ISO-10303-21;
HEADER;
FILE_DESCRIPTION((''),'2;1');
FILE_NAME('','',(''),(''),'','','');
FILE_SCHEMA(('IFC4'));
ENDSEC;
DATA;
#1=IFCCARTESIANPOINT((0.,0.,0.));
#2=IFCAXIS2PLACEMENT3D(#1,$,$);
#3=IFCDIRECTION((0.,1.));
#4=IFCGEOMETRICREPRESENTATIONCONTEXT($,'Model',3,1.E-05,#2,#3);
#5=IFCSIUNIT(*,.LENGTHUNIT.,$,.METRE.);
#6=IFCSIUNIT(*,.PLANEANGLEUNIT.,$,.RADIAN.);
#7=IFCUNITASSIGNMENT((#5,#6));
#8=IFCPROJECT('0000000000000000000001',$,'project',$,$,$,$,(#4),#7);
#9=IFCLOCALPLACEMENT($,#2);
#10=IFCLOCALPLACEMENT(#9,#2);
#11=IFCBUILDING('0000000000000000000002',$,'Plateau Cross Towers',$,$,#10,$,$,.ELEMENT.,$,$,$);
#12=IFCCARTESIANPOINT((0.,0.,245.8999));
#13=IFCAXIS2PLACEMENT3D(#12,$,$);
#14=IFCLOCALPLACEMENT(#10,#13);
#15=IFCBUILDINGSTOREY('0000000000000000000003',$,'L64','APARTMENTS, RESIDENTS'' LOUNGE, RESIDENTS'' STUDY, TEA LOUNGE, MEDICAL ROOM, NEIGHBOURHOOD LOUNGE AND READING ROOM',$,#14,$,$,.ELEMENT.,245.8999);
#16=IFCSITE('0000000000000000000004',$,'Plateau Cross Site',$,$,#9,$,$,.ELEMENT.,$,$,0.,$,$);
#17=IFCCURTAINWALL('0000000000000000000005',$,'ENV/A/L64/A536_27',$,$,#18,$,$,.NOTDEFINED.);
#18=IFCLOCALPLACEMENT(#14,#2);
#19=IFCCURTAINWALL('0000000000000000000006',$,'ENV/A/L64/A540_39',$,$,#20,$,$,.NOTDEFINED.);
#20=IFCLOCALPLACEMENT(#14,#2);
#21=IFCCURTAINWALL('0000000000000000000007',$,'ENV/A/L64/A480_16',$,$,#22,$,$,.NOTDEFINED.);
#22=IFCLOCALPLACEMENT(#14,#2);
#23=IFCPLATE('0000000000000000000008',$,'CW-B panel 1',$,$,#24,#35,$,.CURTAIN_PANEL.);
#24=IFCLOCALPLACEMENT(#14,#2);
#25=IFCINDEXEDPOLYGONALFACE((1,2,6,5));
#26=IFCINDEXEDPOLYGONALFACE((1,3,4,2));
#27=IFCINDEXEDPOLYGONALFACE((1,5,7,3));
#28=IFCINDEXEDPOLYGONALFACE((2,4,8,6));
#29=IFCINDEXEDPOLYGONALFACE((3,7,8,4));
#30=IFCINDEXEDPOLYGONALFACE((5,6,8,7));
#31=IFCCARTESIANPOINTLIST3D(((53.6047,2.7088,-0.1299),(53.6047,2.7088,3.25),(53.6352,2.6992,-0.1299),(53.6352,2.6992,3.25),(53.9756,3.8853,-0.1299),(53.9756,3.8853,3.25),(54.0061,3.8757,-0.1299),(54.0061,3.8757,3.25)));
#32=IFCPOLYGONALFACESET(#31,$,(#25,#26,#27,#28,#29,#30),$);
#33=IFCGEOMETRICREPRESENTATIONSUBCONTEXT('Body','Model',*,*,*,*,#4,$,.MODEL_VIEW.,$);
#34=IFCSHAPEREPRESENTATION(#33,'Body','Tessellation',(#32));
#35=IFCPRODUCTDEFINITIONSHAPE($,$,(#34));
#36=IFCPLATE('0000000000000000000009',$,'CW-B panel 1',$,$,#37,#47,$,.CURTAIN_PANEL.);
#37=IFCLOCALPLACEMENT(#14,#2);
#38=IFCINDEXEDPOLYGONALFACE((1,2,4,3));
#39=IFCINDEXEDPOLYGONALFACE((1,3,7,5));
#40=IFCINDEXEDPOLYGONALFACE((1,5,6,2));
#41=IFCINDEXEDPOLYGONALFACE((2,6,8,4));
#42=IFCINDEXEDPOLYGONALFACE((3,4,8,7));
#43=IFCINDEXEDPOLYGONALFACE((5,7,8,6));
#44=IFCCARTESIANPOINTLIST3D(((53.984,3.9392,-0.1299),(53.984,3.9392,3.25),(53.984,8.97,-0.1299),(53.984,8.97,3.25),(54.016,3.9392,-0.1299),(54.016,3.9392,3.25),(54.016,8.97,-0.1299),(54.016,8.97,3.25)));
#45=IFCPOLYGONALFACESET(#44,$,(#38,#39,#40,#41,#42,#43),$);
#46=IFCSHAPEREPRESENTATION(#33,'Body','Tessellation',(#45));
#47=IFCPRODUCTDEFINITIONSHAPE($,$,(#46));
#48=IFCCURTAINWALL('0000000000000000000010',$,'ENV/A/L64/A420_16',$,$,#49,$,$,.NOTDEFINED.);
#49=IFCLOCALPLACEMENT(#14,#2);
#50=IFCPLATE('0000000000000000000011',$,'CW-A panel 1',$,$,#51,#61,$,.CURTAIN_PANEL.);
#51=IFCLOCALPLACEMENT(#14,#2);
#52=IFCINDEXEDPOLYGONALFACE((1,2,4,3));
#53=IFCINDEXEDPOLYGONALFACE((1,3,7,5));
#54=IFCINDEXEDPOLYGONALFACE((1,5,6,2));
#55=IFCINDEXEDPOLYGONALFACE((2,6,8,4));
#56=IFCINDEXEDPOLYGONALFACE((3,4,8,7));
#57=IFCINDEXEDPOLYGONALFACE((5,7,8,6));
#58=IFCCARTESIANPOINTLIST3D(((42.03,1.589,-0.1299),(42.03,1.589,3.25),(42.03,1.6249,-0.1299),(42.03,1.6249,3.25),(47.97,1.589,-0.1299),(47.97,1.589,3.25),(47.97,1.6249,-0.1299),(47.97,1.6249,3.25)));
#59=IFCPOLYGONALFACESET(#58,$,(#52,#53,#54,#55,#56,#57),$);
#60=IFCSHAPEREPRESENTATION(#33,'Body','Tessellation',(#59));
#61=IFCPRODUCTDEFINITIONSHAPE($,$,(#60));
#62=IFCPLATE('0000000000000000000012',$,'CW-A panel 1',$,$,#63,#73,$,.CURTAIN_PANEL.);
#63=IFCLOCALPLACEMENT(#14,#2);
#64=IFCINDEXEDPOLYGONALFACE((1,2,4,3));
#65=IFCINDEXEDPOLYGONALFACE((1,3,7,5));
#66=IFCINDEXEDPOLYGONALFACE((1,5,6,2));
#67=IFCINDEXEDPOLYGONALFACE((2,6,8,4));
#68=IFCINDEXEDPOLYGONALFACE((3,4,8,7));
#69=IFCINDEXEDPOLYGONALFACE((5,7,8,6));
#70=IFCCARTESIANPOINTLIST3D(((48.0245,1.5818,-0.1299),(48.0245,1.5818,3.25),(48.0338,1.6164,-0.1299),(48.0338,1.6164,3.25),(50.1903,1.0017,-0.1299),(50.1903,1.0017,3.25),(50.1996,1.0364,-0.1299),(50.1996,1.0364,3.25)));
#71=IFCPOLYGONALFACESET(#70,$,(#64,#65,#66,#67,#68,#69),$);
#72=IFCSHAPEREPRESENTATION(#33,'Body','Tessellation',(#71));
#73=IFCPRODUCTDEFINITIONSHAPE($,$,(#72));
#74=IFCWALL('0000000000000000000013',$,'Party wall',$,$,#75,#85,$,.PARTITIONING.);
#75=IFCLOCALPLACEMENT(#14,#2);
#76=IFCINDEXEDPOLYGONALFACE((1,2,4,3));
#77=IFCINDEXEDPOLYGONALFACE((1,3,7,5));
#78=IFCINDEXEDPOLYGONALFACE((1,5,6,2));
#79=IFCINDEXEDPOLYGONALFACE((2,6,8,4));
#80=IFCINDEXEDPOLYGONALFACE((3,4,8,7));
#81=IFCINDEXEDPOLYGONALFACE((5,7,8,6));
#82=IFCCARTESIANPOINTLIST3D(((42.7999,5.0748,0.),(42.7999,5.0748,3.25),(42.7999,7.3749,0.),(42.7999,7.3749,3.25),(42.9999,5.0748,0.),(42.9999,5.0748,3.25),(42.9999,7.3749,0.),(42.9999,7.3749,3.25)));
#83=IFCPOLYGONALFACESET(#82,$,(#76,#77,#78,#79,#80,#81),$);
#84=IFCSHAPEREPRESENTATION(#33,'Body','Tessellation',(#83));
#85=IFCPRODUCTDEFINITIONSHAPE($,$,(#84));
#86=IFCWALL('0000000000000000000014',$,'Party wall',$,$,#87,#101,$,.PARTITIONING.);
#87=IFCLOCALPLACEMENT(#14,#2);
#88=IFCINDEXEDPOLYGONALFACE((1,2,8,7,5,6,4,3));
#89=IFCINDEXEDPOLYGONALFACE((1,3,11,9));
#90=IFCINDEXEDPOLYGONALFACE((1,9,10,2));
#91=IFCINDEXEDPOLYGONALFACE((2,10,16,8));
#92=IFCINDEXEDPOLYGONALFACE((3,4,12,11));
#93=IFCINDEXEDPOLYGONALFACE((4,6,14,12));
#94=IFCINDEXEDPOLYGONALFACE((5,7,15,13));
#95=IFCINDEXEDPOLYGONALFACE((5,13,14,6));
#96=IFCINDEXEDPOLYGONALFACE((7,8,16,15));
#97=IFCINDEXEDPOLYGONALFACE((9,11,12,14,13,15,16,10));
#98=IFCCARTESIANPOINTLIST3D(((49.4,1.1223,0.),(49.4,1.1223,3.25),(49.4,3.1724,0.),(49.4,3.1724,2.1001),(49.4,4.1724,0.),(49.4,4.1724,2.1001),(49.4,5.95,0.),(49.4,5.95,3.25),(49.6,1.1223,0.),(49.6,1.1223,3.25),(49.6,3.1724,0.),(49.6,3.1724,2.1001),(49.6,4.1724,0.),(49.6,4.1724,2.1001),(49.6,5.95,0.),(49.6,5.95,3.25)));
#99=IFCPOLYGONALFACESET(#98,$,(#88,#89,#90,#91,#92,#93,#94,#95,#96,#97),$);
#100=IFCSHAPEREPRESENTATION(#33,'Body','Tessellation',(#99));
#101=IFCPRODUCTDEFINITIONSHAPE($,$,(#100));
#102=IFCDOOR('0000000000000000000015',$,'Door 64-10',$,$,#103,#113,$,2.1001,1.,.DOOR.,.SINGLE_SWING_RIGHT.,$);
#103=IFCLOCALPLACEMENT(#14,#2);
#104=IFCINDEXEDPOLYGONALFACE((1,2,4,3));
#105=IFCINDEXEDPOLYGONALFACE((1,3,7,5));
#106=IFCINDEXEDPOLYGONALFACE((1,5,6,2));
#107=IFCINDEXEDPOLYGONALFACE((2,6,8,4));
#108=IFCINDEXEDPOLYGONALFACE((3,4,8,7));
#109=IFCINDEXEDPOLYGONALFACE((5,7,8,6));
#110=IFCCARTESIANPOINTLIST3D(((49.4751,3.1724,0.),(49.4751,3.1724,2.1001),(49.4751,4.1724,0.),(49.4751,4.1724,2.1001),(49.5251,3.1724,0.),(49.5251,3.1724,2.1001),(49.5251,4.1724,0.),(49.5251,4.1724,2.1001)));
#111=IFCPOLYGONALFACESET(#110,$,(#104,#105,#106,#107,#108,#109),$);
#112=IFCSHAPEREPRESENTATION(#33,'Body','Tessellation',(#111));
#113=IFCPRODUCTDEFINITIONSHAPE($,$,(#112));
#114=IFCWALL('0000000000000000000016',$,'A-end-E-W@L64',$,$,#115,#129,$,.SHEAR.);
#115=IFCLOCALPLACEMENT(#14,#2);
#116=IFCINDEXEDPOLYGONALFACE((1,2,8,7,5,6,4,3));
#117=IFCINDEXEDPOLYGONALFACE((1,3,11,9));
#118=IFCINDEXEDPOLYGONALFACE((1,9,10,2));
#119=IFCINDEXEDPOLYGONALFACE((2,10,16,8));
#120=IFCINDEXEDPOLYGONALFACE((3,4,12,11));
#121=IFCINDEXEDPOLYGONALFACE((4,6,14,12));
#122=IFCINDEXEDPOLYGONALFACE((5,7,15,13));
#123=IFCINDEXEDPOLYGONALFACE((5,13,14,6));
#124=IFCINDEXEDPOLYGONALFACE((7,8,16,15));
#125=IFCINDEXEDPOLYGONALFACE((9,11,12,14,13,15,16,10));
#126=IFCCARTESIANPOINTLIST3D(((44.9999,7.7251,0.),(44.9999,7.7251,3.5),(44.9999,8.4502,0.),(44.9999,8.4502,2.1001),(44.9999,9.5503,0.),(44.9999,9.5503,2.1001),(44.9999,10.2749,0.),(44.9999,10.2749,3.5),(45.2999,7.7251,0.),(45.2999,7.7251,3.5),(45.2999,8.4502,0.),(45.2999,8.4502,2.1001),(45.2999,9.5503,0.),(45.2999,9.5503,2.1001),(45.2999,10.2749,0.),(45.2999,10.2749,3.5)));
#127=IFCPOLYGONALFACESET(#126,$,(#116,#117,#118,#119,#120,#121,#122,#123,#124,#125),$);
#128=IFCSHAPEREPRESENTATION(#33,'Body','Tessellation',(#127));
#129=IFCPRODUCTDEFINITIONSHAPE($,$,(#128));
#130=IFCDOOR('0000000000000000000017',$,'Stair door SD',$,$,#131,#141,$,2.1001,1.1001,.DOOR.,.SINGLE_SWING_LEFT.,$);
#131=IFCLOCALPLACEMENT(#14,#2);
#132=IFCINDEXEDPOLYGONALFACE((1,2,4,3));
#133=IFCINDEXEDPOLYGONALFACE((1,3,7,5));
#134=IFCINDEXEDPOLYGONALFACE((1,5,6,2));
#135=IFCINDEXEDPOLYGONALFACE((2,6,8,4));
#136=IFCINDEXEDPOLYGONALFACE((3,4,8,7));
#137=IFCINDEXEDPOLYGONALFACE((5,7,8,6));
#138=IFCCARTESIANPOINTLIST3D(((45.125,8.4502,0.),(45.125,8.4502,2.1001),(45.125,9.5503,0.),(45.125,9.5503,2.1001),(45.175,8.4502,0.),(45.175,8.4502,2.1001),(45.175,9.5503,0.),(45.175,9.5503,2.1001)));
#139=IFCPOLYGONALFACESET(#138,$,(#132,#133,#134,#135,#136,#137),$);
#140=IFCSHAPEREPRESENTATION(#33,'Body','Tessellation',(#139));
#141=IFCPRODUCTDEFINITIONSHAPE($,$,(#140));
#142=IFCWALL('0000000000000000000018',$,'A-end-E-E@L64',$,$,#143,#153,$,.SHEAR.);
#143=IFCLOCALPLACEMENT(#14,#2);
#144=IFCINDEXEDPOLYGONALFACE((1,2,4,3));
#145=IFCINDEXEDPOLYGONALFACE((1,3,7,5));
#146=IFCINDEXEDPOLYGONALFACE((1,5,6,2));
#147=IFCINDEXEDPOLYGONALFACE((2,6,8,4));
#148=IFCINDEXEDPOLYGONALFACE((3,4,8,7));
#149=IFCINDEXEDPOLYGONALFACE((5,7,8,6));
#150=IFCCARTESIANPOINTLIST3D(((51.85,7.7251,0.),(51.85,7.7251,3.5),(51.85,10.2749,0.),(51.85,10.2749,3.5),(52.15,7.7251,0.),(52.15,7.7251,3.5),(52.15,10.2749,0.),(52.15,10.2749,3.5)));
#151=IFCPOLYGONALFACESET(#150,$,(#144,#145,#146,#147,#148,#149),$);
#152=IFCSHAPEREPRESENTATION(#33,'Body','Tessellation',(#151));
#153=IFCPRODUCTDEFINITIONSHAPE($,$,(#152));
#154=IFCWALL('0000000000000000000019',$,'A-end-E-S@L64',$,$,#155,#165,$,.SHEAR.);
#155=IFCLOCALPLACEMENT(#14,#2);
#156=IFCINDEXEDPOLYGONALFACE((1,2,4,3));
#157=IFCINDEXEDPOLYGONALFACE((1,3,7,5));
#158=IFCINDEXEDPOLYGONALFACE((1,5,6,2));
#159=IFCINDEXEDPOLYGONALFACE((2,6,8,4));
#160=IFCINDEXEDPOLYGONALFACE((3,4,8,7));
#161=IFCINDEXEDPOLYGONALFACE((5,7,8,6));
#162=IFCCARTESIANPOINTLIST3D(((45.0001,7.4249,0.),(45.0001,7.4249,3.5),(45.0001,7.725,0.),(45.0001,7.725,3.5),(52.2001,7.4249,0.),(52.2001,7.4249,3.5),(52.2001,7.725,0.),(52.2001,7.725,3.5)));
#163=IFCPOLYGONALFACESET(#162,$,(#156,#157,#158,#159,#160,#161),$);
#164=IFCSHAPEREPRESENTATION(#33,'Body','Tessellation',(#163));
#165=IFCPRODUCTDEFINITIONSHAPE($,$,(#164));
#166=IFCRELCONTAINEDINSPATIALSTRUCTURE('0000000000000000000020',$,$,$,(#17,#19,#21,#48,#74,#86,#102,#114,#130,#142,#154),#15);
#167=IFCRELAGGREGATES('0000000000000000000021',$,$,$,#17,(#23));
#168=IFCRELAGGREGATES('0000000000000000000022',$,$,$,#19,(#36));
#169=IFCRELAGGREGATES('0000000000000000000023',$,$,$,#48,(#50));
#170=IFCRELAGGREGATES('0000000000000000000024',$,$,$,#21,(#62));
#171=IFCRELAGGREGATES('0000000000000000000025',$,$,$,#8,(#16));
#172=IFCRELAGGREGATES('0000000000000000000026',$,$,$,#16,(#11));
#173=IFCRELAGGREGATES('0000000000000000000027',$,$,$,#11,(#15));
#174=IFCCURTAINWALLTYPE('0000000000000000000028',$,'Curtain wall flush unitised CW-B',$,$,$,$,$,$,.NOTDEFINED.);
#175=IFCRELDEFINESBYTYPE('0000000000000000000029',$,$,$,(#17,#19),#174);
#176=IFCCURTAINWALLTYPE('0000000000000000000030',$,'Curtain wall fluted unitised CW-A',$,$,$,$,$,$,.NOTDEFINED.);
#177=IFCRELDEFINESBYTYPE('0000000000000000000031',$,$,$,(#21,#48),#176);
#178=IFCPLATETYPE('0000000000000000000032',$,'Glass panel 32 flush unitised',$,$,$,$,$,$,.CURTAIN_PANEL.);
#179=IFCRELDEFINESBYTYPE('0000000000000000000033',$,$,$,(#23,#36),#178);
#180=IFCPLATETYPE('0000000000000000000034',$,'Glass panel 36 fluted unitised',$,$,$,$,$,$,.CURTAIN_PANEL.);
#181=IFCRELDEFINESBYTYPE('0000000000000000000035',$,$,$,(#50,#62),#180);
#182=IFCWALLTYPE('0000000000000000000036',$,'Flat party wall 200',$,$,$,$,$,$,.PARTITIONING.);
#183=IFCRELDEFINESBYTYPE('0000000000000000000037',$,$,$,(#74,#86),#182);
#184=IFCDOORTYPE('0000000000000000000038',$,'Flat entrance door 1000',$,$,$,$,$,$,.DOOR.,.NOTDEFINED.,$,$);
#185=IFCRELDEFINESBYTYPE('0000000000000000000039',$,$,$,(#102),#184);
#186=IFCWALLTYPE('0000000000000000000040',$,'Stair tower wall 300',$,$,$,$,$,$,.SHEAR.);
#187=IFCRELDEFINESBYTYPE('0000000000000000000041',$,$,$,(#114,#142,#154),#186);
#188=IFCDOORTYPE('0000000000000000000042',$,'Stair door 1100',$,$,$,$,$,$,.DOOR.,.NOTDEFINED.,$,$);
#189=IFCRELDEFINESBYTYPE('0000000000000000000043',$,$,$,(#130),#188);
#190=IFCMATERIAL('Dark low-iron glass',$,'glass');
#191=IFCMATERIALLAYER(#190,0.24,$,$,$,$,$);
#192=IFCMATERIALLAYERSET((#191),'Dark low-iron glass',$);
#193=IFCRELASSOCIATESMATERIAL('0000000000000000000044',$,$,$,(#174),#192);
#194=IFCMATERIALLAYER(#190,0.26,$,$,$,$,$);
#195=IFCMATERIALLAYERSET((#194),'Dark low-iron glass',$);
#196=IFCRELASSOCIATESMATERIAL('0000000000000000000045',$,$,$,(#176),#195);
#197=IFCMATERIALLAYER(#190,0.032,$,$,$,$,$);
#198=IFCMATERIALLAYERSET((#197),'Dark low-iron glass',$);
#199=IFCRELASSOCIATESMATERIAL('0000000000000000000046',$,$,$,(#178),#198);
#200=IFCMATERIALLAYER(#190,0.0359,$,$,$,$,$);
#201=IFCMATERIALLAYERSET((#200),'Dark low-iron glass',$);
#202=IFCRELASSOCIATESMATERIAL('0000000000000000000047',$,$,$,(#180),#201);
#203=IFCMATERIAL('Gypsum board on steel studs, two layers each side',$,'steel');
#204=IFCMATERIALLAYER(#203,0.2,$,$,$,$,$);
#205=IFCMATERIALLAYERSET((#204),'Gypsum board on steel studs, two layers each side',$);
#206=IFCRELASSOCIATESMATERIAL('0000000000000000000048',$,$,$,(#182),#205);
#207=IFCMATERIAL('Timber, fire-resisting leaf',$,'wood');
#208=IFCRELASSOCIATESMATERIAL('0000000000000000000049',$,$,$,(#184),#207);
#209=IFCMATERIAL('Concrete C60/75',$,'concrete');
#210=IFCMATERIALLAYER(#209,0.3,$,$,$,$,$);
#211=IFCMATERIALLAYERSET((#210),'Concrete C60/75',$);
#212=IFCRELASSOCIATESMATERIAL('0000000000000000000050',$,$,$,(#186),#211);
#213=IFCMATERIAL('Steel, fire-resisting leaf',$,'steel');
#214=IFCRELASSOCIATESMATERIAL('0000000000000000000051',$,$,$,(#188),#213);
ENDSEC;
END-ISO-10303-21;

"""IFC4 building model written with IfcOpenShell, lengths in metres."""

from ifc_helpers import new_model, si_unit, direction, frame, frame_2d, origin, origin_2d, place, context, subcontext, project, spatial, rectangle, extrude, material, layer, layer_set, type_object, element, fill, aggregate, save


model = new_model("IFC4")

# Units and contexts
model_context = context("Model", 3, precision=1e-05, world=origin(), true_north=direction((0.0, 1.0)))
body_context = subcontext(model_context, "Body", "Model", "MODEL_VIEW")
ifc_project = project(units=[si_unit("LENGTHUNIT", "METRE"), si_unit("PLANEANGLEUNIT", "RADIAN")], contexts=[model_context])

# Site, building, storey
site_placement = place(None, origin())
site = spatial("IfcSite", under=ifc_project, at=site_placement, Name="Plateau Cross Site", CompositionType="ELEMENT", RefElevation=0.0)
building_placement = place(site_placement, origin())
building = spatial("IfcBuilding", under=site, at=building_placement, Name="Plateau Cross Towers", CompositionType="ELEMENT")
storey_placement = place(building_placement, frame((0.0, 0.0, 245.8999)))
storey = spatial("IfcBuildingStorey", under=building, at=storey_placement, Name="L64", Description="APARTMENTS, RESIDENTS' LOUNGE, RESIDENTS' STUDY, TEA LOUNGE, MEDICAL ROOM, NEIGHBOURHOOD LOUNGE AND READING ROOM", CompositionType="ELEMENT", Elevation=245.8999)

# Shared definitions
ifc_material_1 = material(Name="Concrete C60/75", Category="concrete")

# Shared definitions
ifc_material_2 = material(Name="Dark low-iron glass", Category="glass")
ifc_layer_1 = layer(ifc_material_2, 0.24)
ifc_layer_set_1 = layer_set([ifc_layer_1], Name="Dark low-iron glass")
curtain_wall_type_1 = type_object("IfcCurtainWallType", Name="Curtain wall flush unitised CW-B", PredefinedType="NOTDEFINED", material=ifc_layer_set_1)

# Curtain walls
curtain_wall_1_placement = place(storey_placement, origin())
curtain_wall_1 = element("IfcCurtainWall", 1, at=curtain_wall_1_placement, inside=storey, type_object=curtain_wall_type_1, Name="ENV/A/L64/A536_27", PredefinedType="NOTDEFINED")
curtain_wall_2_placement = place(storey_placement, origin())
curtain_wall_2 = element("IfcCurtainWall", 2, at=curtain_wall_2_placement, inside=storey, type_object=curtain_wall_type_1, Name="ENV/A/L64/A540_39", PredefinedType="NOTDEFINED")
ifc_layer_2 = layer(ifc_material_2, 0.26)
ifc_layer_set_2 = layer_set([ifc_layer_2], Name="Dark low-iron glass")
curtain_wall_type_2 = type_object("IfcCurtainWallType", Name="Curtain wall fluted unitised CW-A", PredefinedType="NOTDEFINED", material=ifc_layer_set_2)
curtain_wall_3_placement = place(storey_placement, origin())
curtain_wall_3 = element("IfcCurtainWall", 3, at=curtain_wall_3_placement, inside=storey, type_object=curtain_wall_type_2, Name="ENV/A/L64/A480_16", PredefinedType="NOTDEFINED")

# Plates
ifc_layer_3 = layer(ifc_material_2, 0.032)
ifc_layer_set_3 = layer_set([ifc_layer_3], Name="Dark low-iron glass")
plate_type_1 = type_object("IfcPlateType", Name="Glass panel 32 flush unitised", PredefinedType="CURTAIN_PANEL", material=ifc_layer_set_3)
plate_1_placement = place(storey_placement, frame((53.8054, 3.2922, -0.1299), z_axis=(0.0, 0.0, 1.0), x_axis=(0.300686, 0.953723, 0.0)))
plate_1 = element("IfcPlate", 4, at=plate_1_placement, type_object=plate_type_1, Name="CW-B panel 1", PredefinedType="CURTAIN_PANEL", context=body_context, shape_type="SweptSolid", body=[
    extrude(rectangle(XDim=1.2336, YDim=0.032, at=origin_2d()), origin(), (0.0, 0.0, 1.0), 3.3799),
])
aggregate(curtain_wall_1, [plate_1])
plate_2_placement = place(storey_placement, frame((54.0, 6.4546, -0.1299), z_axis=(0.0, 0.0, 1.0), x_axis=(0.0, 1.0, 0.0)))
plate_2 = element("IfcPlate", 5, at=plate_2_placement, type_object=plate_type_1, Name="CW-B panel 1", PredefinedType="CURTAIN_PANEL", context=body_context, shape_type="SweptSolid", body=[
    extrude(rectangle(XDim=5.0308, YDim=0.032, at=origin_2d()), origin(), (0.0, 0.0, 1.0), 3.3799),
])
aggregate(curtain_wall_2, [plate_2])

# Curtain wall, plate
curtain_wall_4_placement = place(storey_placement, origin())
curtain_wall_4 = element("IfcCurtainWall", 6, at=curtain_wall_4_placement, inside=storey, type_object=curtain_wall_type_2, Name="ENV/A/L64/A420_16", PredefinedType="NOTDEFINED")
ifc_layer_4 = layer(ifc_material_2, 0.0359)
ifc_layer_set_4 = layer_set([ifc_layer_4], Name="Dark low-iron glass")
plate_type_2 = type_object("IfcPlateType", Name="Glass panel 36 fluted unitised", PredefinedType="CURTAIN_PANEL", material=ifc_layer_set_4)
plate_3_placement = place(storey_placement, frame((45.0, 1.6069, -0.1299), z_axis=(0.0, 0.0, 1.0), x_axis=(1.0, 0.0, 0.0)))
plate_3 = element("IfcPlate", 7, at=plate_3_placement, type_object=plate_type_2, Name="CW-A panel 1", PredefinedType="CURTAIN_PANEL", context=body_context, shape_type="SweptSolid", body=[
    extrude(rectangle(XDim=5.9399, YDim=0.0359, at=origin_2d()), origin(), (0.0, 0.0, 1.0), 3.3799),
])
aggregate(curtain_wall_4, [plate_3])

# Plate
plate_4_placement = place(storey_placement, frame((49.1121, 1.3091, -0.1299), z_axis=(0.0, 0.0, 1.0), x_axis=(0.965958, -0.258699, 0.0)))
plate_4 = element("IfcPlate", 8, at=plate_4_placement, type_object=plate_type_2, Name="CW-A panel 1", PredefinedType="CURTAIN_PANEL", context=body_context, shape_type="SweptSolid", body=[
    extrude(rectangle(XDim=2.2422, YDim=0.0359, at=origin_2d()), origin(), (0.0, 0.0, 1.0), 3.3799),
])
aggregate(curtain_wall_3, [plate_4])

# Wall
ifc_material_3 = material(Name="Gypsum board on steel studs, two layers each side", Category="steel")
ifc_layer_5 = layer(ifc_material_3, 0.2)
ifc_layer_set_5 = layer_set([ifc_layer_5], Name="Gypsum board on steel studs, two layers each side")
wall_type_1 = type_object("IfcWallType", Name="Flat party wall 200", PredefinedType="PARTITIONING", material=ifc_layer_set_5)
wall_1_placement = place(storey_placement, frame((42.8999, 5.075, 0.0), z_axis=(0.0, 0.0, 1.0), x_axis=(0.0, 1.0, 0.0)))
element("IfcWall", 9, at=wall_1_placement, inside=storey, type_object=wall_type_1, Name="Party wall", PredefinedType="PARTITIONING", context=body_context, shape_type="SweptSolid", body=[
    extrude(rectangle(XDim=2.3, YDim=0.2, at=frame_2d((1.1499, 0.0))), origin(), (0.0, 0.0, 1.0), 3.25),
])

# Walls, openings, doors
wall_2_placement = place(storey_placement, frame((49.5, 1.1223, 0.0), z_axis=(0.0, 0.0, 1.0), x_axis=(0.0, 1.0, 0.0)))
wall_2 = element("IfcWall", 10, at=wall_2_placement, inside=storey, type_object=wall_type_1, Name="Party wall", PredefinedType="PARTITIONING", context=body_context, shape_type="SweptSolid", body=[
    extrude(rectangle(XDim=4.8276, YDim=0.2, at=frame_2d((2.4138, 0.0))), origin(), (0.0, 0.0, 1.0), 3.25),
])
opening_1_placement = place(wall_2_placement, frame((2.05, 0.0, 0.0)))
opening_1 = element("IfcOpeningElement", 11, at=opening_1_placement, cuts=wall_2, PredefinedType="OPENING", context=body_context, shape_type="SweptSolid", body=[
    extrude(rectangle(XDim=1.0, YDim=2.1001, at=frame_2d((0.5, 1.05))), frame((0.0, 0.1099, 0.0), z_axis=(0.0, -1.0, 0.0), x_axis=(1.0, 0.0, 0.0)), (0.0, 0.0, 1.0), 0.22),
])
ifc_material_4 = material(Name="Timber, fire-resisting leaf", Category="wood")
door_type_1 = type_object("IfcDoorType", Name="Flat entrance door 1000", OperationType="NOTDEFINED", PredefinedType="DOOR", material=ifc_material_4)
door_1_placement = place(opening_1_placement, origin())
door_1 = element("IfcDoor", 12, at=door_1_placement, inside=storey, type_object=door_type_1, Name="Door 64-10", OperationType="SINGLE_SWING_RIGHT", OverallHeight=2.1001, OverallWidth=1.0, PredefinedType="DOOR", context=body_context, shape_type="SweptSolid", body=[
    extrude(rectangle(XDim=1.0, YDim=2.1001, at=frame_2d((0.5, 1.05))), frame((0.0, 0.0249, 0.0), z_axis=(0.0, -1.0, 0.0), x_axis=(1.0, 0.0, 0.0)), (0.0, 0.0, 1.0), 0.05),
])
fill(opening_1, door_1)
ifc_layer_6 = layer(ifc_material_1, 0.3)
ifc_layer_set_6 = layer_set([ifc_layer_6], Name="Concrete C60/75")
wall_type_2 = type_object("IfcWallType", Name="Stair tower wall 300", PredefinedType="SHEAR", material=ifc_layer_set_6)
wall_3_placement = place(storey_placement, frame((45.1499, 7.7251, 0.0), z_axis=(0.0, 0.0, 1.0), x_axis=(0.0, 1.0, 0.0)))
wall_3 = element("IfcWall", 13, at=wall_3_placement, inside=storey, type_object=wall_type_2, Name="A-end-E-W@L64", PredefinedType="SHEAR", context=body_context, shape_type="SweptSolid", body=[
    extrude(rectangle(XDim=2.5498, YDim=0.3, at=frame_2d((1.2749, 0.0))), origin(), (0.0, 0.0, 1.0), 3.5),
])
opening_2_placement = place(wall_3_placement, frame((0.7251, 0.0, 0.0)))
opening_2 = element("IfcOpeningElement", 14, at=opening_2_placement, cuts=wall_3, PredefinedType="OPENING", context=body_context, shape_type="SweptSolid", body=[
    extrude(rectangle(XDim=1.1001, YDim=2.1001, at=frame_2d((0.55, 1.05))), frame((0.0, 0.1599, 0.0), z_axis=(0.0, -1.0, 0.0), x_axis=(1.0, 0.0, 0.0)), (0.0, 0.0, 1.0), 0.3201),
])
ifc_material_5 = material(Name="Steel, fire-resisting leaf", Category="steel")
door_type_2 = type_object("IfcDoorType", Name="Stair door 1100", OperationType="NOTDEFINED", PredefinedType="DOOR", material=ifc_material_5)
door_2_placement = place(opening_2_placement, origin())
door_2 = element("IfcDoor", 15, at=door_2_placement, inside=storey, type_object=door_type_2, Name="Stair door SD", OperationType="SINGLE_SWING_LEFT", OverallHeight=2.1001, OverallWidth=1.1001, PredefinedType="DOOR", context=body_context, shape_type="SweptSolid", body=[
    extrude(rectangle(XDim=1.1001, YDim=2.1001, at=frame_2d((0.55, 1.05))), frame((0.0, 0.0249, 0.0), z_axis=(0.0, -1.0, 0.0), x_axis=(1.0, 0.0, 0.0)), (0.0, 0.0, 1.0), 0.05),
])
fill(opening_2, door_2)

# Walls
wall_4_placement = place(storey_placement, frame((52.0, 7.7251, 0.0), z_axis=(0.0, 0.0, 1.0), x_axis=(0.0, 1.0, 0.0)))
element("IfcWall", 16, at=wall_4_placement, inside=storey, type_object=wall_type_2, Name="A-end-E-E@L64", PredefinedType="SHEAR", context=body_context, shape_type="SweptSolid", body=[
    extrude(rectangle(XDim=2.5498, YDim=0.3, at=frame_2d((1.2749, 0.0))), origin(), (0.0, 0.0, 1.0), 3.5),
])
wall_5_placement = place(storey_placement, frame((45.0, 7.575, 0.0), z_axis=(0.0, 0.0, 1.0), x_axis=(1.0, 0.0, 0.0)))
element("IfcWall", 17, at=wall_5_placement, inside=storey, type_object=wall_type_2, Name="A-end-E-S@L64", PredefinedType="SHEAR", context=body_context, shape_type="SweptSolid", body=[
    extrude(rectangle(XDim=7.2, YDim=0.3, at=frame_2d((3.6001, 0.0))), origin(), (0.0, 0.0, 1.0), 3.5),
])

save(model, "model.ifc")
